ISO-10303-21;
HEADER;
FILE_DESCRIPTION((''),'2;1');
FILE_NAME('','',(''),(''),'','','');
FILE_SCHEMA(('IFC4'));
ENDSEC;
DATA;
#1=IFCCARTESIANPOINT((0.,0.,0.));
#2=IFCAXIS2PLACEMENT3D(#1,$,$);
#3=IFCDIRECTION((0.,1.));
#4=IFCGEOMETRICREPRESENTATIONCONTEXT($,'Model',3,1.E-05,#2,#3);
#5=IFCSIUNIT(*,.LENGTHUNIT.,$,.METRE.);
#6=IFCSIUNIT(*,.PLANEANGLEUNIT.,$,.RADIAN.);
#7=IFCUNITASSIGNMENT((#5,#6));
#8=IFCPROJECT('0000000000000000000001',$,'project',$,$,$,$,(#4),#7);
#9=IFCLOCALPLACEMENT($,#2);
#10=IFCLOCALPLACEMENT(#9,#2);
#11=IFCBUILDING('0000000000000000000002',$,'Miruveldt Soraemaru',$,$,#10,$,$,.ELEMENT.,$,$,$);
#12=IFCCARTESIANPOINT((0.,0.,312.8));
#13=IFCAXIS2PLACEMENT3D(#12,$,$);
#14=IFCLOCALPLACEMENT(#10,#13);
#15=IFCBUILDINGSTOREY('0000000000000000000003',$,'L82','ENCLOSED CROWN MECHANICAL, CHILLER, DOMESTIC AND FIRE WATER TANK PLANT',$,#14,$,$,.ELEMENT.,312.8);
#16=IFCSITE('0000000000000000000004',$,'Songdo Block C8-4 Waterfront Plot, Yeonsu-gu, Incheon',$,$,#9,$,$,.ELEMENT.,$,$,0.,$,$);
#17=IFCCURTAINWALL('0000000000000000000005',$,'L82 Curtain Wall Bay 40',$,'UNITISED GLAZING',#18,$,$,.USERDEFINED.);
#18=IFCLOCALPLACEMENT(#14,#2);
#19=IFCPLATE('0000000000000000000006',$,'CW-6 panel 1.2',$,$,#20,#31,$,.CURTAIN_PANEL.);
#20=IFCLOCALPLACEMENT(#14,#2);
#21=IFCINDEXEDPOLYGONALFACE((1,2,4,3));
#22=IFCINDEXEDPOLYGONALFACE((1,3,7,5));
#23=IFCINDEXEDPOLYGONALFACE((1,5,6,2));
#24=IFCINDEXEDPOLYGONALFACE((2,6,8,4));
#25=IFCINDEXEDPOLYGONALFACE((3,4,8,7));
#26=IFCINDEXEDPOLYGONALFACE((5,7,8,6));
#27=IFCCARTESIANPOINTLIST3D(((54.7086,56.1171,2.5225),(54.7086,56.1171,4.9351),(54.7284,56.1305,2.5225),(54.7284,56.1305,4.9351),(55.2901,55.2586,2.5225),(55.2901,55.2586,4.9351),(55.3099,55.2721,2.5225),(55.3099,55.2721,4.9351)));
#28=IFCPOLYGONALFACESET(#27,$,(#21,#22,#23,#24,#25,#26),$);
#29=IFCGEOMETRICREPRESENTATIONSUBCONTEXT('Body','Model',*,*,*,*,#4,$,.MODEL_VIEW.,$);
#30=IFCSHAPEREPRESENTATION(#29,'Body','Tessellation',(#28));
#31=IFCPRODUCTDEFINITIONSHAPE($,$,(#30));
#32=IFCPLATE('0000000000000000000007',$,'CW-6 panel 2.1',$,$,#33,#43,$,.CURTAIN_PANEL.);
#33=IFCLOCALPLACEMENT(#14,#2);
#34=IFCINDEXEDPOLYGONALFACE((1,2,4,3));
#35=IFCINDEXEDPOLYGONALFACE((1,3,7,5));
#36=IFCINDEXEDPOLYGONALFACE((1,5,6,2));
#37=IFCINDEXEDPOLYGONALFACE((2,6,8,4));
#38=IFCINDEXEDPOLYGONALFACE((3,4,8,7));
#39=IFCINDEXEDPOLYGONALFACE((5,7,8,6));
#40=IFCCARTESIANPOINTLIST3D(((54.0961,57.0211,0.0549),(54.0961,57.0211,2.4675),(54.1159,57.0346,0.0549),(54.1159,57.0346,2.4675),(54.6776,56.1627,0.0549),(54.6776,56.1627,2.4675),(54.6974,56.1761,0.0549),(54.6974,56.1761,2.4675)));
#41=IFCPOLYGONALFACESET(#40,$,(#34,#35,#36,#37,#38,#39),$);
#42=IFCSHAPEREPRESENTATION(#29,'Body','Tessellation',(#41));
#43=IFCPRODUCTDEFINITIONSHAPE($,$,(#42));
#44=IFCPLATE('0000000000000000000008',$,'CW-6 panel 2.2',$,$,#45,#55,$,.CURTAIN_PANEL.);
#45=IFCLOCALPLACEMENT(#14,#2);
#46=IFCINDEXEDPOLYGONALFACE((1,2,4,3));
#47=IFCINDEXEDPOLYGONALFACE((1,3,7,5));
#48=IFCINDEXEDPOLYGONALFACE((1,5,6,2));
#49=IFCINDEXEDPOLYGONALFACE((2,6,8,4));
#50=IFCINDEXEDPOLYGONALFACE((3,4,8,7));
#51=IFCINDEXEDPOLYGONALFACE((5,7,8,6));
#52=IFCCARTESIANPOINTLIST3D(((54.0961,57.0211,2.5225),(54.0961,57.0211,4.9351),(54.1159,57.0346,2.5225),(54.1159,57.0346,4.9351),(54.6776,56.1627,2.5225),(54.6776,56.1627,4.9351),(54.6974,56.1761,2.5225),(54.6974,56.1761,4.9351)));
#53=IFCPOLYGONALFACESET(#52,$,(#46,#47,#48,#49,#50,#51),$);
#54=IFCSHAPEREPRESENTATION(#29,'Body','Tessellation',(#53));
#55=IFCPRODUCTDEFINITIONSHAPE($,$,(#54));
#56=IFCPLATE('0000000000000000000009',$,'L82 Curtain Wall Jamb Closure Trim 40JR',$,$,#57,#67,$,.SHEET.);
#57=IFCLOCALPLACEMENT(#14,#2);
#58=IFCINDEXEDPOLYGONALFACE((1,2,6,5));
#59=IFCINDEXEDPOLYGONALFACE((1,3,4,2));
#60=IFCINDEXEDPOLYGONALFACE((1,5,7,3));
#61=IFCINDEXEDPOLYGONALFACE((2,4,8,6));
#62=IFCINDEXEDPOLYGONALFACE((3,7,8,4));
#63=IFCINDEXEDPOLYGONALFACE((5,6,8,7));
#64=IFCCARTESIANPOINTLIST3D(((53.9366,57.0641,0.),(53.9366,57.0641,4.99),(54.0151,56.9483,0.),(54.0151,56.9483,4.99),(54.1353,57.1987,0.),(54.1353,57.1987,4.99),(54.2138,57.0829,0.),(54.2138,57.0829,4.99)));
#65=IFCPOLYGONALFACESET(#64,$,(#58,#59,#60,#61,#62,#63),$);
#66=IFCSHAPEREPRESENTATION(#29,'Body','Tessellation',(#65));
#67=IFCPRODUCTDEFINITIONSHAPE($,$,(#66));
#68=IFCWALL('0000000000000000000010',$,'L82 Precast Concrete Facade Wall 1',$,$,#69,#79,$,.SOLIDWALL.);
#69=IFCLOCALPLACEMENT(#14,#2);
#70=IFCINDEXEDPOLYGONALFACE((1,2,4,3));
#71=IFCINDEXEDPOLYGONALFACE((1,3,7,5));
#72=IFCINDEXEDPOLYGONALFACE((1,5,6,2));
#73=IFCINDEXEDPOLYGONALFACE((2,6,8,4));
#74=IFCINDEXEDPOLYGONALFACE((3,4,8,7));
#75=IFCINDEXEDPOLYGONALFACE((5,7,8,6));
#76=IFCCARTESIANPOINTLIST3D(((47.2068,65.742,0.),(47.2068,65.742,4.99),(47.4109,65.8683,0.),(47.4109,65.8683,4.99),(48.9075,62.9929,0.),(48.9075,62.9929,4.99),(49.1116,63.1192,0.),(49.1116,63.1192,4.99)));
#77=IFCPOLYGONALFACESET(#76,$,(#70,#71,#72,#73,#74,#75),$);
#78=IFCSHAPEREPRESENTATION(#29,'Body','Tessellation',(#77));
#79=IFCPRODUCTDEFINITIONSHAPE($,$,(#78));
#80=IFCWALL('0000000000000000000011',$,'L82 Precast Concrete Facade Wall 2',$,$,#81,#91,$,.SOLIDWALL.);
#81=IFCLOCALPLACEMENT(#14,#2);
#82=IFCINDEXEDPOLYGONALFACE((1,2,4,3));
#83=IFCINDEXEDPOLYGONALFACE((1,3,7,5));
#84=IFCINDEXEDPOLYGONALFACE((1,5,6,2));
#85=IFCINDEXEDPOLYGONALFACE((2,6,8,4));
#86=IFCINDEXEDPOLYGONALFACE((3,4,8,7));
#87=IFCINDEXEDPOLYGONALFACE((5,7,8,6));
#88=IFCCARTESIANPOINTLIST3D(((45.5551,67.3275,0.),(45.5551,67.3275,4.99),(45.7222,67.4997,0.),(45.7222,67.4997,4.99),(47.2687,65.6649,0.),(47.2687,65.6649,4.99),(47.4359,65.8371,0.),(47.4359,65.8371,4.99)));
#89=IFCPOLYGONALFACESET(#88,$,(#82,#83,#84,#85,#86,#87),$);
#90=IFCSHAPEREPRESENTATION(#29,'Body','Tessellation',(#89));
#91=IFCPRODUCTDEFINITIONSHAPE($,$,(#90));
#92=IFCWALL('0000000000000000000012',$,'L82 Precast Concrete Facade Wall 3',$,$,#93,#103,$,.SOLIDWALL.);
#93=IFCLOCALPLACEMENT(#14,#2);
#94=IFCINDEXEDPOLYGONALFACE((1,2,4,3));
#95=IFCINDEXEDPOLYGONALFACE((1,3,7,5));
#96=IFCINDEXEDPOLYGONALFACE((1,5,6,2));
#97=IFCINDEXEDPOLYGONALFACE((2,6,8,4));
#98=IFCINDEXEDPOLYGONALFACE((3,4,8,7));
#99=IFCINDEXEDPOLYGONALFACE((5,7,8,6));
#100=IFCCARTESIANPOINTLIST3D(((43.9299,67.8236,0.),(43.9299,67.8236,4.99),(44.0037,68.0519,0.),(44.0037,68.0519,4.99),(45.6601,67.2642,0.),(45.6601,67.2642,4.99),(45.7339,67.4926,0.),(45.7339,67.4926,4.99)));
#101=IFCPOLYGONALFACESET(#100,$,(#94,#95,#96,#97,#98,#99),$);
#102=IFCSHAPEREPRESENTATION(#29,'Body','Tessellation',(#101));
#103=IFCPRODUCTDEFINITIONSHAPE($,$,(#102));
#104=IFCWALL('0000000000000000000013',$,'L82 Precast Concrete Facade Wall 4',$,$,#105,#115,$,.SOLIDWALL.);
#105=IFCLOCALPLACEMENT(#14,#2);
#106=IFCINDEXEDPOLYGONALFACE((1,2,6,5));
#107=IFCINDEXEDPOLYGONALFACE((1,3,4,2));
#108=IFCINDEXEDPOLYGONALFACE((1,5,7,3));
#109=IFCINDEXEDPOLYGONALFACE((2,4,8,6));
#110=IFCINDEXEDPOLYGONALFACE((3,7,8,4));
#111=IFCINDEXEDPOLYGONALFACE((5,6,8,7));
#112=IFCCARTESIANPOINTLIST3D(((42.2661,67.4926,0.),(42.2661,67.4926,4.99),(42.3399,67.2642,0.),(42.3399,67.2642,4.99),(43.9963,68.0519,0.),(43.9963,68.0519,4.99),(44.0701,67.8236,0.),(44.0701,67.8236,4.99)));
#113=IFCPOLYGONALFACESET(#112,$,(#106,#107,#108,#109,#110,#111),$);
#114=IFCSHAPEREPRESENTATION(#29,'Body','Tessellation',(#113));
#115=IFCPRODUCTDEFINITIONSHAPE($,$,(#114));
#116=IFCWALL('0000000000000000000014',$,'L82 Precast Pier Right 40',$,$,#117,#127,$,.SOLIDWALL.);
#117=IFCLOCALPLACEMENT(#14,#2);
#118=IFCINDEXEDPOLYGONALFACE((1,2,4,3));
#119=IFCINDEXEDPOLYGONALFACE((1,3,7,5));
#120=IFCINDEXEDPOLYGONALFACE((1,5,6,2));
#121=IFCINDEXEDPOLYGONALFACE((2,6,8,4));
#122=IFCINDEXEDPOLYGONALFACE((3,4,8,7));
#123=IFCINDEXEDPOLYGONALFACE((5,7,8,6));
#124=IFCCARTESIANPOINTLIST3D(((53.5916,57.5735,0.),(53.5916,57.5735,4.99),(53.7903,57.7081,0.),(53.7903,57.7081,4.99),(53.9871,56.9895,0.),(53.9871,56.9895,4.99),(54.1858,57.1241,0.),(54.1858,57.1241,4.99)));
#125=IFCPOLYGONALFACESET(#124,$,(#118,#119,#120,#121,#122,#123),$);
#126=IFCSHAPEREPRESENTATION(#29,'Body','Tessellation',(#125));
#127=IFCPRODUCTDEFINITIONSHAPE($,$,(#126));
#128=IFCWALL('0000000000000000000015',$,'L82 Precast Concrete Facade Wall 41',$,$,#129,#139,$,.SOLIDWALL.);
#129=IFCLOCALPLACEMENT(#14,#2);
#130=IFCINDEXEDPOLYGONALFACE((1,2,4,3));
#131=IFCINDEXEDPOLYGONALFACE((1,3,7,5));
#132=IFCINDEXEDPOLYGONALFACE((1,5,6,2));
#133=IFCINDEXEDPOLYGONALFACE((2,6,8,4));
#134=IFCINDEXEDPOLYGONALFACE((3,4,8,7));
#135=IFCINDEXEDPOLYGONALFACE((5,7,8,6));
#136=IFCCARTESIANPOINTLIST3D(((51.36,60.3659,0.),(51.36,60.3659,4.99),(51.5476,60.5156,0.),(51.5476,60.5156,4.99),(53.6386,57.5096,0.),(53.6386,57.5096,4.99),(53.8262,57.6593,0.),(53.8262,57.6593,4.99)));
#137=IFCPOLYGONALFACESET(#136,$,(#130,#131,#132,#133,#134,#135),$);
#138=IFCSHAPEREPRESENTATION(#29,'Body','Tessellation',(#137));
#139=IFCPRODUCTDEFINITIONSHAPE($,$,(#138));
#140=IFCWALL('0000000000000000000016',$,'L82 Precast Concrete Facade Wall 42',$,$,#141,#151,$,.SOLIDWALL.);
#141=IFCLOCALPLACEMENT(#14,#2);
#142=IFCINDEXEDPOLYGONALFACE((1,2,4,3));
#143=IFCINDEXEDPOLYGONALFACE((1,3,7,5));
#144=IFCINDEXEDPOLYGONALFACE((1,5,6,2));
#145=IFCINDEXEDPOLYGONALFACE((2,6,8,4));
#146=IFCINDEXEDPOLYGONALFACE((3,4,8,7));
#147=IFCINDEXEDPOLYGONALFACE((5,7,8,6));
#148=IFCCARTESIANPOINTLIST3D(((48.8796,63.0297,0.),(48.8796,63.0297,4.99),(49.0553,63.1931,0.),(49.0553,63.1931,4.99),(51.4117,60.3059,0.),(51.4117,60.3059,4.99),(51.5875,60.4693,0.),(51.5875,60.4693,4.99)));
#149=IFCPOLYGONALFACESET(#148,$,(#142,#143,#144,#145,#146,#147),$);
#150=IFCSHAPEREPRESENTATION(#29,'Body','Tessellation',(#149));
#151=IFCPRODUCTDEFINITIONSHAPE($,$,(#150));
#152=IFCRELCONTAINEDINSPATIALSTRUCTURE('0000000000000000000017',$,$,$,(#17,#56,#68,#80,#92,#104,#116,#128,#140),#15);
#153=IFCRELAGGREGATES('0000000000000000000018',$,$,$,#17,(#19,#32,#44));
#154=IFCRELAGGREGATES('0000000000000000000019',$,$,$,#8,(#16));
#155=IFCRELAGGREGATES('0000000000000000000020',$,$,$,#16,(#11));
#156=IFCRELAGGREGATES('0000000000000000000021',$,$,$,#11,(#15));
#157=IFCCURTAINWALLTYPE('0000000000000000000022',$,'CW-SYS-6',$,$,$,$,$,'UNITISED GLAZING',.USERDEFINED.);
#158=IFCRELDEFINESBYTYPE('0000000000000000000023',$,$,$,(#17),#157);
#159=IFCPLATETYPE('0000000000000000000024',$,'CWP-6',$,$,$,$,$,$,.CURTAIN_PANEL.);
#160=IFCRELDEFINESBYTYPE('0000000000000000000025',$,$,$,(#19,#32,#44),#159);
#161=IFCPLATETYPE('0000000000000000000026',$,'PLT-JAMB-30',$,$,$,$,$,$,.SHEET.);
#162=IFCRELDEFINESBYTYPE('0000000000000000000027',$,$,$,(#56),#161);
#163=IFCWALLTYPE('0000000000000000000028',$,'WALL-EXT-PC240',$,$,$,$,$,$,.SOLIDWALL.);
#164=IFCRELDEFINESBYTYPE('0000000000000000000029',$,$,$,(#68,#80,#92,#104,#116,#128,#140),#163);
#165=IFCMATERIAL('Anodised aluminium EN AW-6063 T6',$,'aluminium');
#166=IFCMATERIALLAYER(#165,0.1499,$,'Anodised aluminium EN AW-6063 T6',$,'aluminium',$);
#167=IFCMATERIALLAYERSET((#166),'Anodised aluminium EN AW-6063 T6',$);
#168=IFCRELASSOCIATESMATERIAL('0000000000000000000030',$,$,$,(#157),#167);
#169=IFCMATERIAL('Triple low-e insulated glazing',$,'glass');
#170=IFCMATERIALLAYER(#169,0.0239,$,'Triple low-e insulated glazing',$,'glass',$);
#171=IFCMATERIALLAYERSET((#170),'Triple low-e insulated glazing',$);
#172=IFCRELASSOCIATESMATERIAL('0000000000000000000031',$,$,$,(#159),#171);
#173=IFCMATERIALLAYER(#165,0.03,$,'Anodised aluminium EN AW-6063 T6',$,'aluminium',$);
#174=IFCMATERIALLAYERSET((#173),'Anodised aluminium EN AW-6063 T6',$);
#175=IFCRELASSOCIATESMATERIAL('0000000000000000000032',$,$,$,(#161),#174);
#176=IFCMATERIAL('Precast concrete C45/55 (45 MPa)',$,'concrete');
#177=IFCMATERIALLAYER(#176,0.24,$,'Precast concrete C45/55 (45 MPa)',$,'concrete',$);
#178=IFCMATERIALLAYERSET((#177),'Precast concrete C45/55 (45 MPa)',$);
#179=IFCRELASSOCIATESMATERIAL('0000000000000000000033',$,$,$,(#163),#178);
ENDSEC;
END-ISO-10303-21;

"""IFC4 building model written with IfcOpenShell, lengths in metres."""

from ifc_helpers import new_model, si_unit, direction, frame, frame_2d, origin, origin_2d, place, context, subcontext, project, spatial, rectangle, extrude, material, layer, layer_set, type_object, element, aggregate, save


model = new_model("IFC4")

# Units and contexts
model_context = context("Model", 3, precision=1e-05, world=origin(), true_north=direction((0.0, 1.0)))
body_context = subcontext(model_context, "Body", "Model", "MODEL_VIEW")
ifc_project = project(units=[si_unit("LENGTHUNIT", "METRE"), si_unit("PLANEANGLEUNIT", "RADIAN")], contexts=[model_context])

# Site, building, storey
site_placement = place(None, origin())
site = spatial("IfcSite", under=ifc_project, at=site_placement, Name="Songdo Block C8-4 Waterfront Plot, Yeonsu-gu, Incheon", CompositionType="ELEMENT", RefElevation=0.0)
building_placement = place(site_placement, origin())
building = spatial("IfcBuilding", under=site, at=building_placement, Name="Miruveldt Soraemaru", CompositionType="ELEMENT")
storey_placement = place(building_placement, frame((0.0, 0.0, 312.8)))
storey = spatial("IfcBuildingStorey", under=building, at=storey_placement, Name="L82", Description="ENCLOSED CROWN MECHANICAL, CHILLER, DOMESTIC AND FIRE WATER TANK PLANT", CompositionType="ELEMENT", Elevation=312.8)

# Curtain wall, plates
ifc_material_1 = material(Name="Anodised aluminium EN AW-6063 T6", Category="aluminium")
ifc_layer_1 = layer(ifc_material_1, 0.1499, Name="Anodised aluminium EN AW-6063 T6", Category="aluminium")
ifc_layer_set_1 = layer_set([ifc_layer_1], Name="Anodised aluminium EN AW-6063 T6")
curtain_wall_type = type_object("IfcCurtainWallType", Name="CW-SYS-6", ElementType="UNITISED GLAZING", PredefinedType="USERDEFINED", material=ifc_layer_set_1)
curtain_wall_placement = place(storey_placement, origin())
curtain_wall = element("IfcCurtainWall", 1, at=curtain_wall_placement, inside=storey, type_object=curtain_wall_type, Name="L82 Curtain Wall Bay 40", ObjectType="UNITISED GLAZING", PredefinedType="USERDEFINED")
ifc_material_2 = material(Name="Triple low-e insulated glazing", Category="glass")
ifc_layer_2 = layer(ifc_material_2, 0.0239, Name="Triple low-e insulated glazing", Category="glass")
ifc_layer_set_2 = layer_set([ifc_layer_2], Name="Triple low-e insulated glazing")
plate_type_1 = type_object("IfcPlateType", Name="CWP-6", PredefinedType="CURTAIN_PANEL", material=ifc_layer_set_2)
plate_1_placement = place(storey_placement, frame((55.0093, 55.6946, 2.5225), z_axis=(0.0, 0.0, 1.0), x_axis=(-0.560838, 0.827925, 0.0)))
plate_1 = element("IfcPlate", 2, at=plate_1_placement, type_object=plate_type_1, Name="CW-6 panel 1.2", PredefinedType="CURTAIN_PANEL", context=body_context, shape_type="SweptSolid", body=[
    extrude(rectangle(XDim=1.0369, YDim=0.0239, at=origin_2d()), origin(), (0.0, 0.0, 1.0), 2.4126),
])
plate_2_placement = place(storey_placement, frame((54.3967, 56.5986, 0.0549), z_axis=(0.0, 0.0, 1.0), x_axis=(-0.560838, 0.827925, 0.0)))
plate_2 = element("IfcPlate", 3, at=plate_2_placement, type_object=plate_type_1, Name="CW-6 panel 2.1", PredefinedType="CURTAIN_PANEL", context=body_context, shape_type="SweptSolid", body=[
    extrude(rectangle(XDim=1.0369, YDim=0.0239, at=origin_2d()), origin(), (0.0, 0.0, 1.0), 2.4126),
])
plate_3_placement = place(storey_placement, frame((54.3967, 56.5986, 2.5225), z_axis=(0.0, 0.0, 1.0), x_axis=(-0.560838, 0.827925, 0.0)))
plate_3 = element("IfcPlate", 4, at=plate_3_placement, type_object=plate_type_1, Name="CW-6 panel 2.2", PredefinedType="CURTAIN_PANEL", context=body_context, shape_type="SweptSolid", body=[
    extrude(rectangle(XDim=1.0369, YDim=0.0239, at=origin_2d()), origin(), (0.0, 0.0, 1.0), 2.4126),
])
aggregate(curtain_wall, [plate_1, plate_2, plate_3])

# Plate
ifc_layer_3 = layer(ifc_material_1, 0.03, Name="Anodised aluminium EN AW-6063 T6", Category="aluminium")
ifc_layer_set_3 = layer_set([ifc_layer_3], Name="Anodised aluminium EN AW-6063 T6")
plate_type_2 = type_object("IfcPlateType", Name="PLT-JAMB-30", PredefinedType="SHEET", material=ifc_layer_set_3)
plate_4_placement = place(storey_placement, frame((54.0752, 57.0735, 0.0), z_axis=(0.0, 0.0, 1.0), x_axis=(-0.560856, 0.827914, 0.0)))
element("IfcPlate", 5, at=plate_4_placement, inside=storey, type_object=plate_type_2, Name="L82 Curtain Wall Jamb Closure Trim 40JR", PredefinedType="SHEET", context=body_context, shape_type="SweptSolid", body=[
    extrude(rectangle(XDim=0.1399, YDim=0.24, at=origin_2d()), origin(), (0.0, 0.0, 1.0), 4.99),
])

# Walls
ifc_material_3 = material(Name="Precast concrete C45/55 (45 MPa)", Category="concrete")
ifc_layer_4 = layer(ifc_material_3, 0.24, Name="Precast concrete C45/55 (45 MPa)", Category="concrete")
ifc_layer_set_4 = layer_set([ifc_layer_4], Name="Precast concrete C45/55 (45 MPa)")
wall_type = type_object("IfcWallType", Name="WALL-EXT-PC240", PredefinedType="SOLIDWALL", material=ifc_layer_set_4)
wall_1_placement = place(storey_placement, frame((49.0095, 63.0562, 0.0), z_axis=(0.0, 0.0, 1.0), x_axis=(-0.52611, 0.850416, 0.0)))
element("IfcWall", 6, at=wall_1_placement, inside=storey, type_object=wall_type, Name="L82 Precast Concrete Facade Wall 1", PredefinedType="SOLIDWALL", context=body_context, shape_type="SweptSolid", body=[
    extrude(rectangle(XDim=3.2327, YDim=0.24, at=frame_2d((1.6162, 0.0))), origin(), (0.0, 0.0, 1.0), 4.99),
])
wall_2_placement = place(storey_placement, frame((47.3523, 65.751, 0.0), z_axis=(0.0, 0.0, 1.0), x_axis=(-0.717711, 0.696341, 0.0)))
element("IfcWall", 7, at=wall_2_placement, inside=storey, type_object=wall_type, Name="L82 Precast Concrete Facade Wall 2", PredefinedType="SOLIDWALL", context=body_context, shape_type="SweptSolid", body=[
    extrude(rectangle(XDim=2.3877, YDim=0.24, at=frame_2d((1.1938, 0.0))), origin(), (0.0, 0.0, 1.0), 4.99),
])
for number, where, z_axis, x_axis, name in (
    (8, (45.697, 67.3784, 0.0), (0.0, 0.0, 1.0), (-0.951517, 0.307595, 0.0), "L82 Precast Concrete Facade Wall 3"),
    (9, (44.0332, 67.9377, 0.0), (0.0, 0.0, 1.0), (-0.951517, -0.307595, 0.0), "L82 Precast Concrete Facade Wall 4"),
):
    element("IfcWall", number, at=place(storey_placement, frame(where, z_axis=z_axis, x_axis=x_axis)), inside=storey, type_object=wall_type, Name=name, PredefinedType="SOLIDWALL", context=body_context, shape_type="SweptSolid", body=[
        extrude(rectangle(XDim=1.8184, YDim=0.24, at=frame_2d((0.9092, 0.0))), origin(), (0.0, 0.0, 1.0), 4.99),
    ])
wall_3_placement = place(storey_placement, frame((54.0864, 57.0569, 0.0), z_axis=(0.0, 0.0, 1.0), x_axis=(-0.560756, 0.827981, 0.0)))
element("IfcWall", 10, at=wall_3_placement, inside=storey, type_object=wall_type, Name="L82 Precast Pier Right 40", PredefinedType="SOLIDWALL", context=body_context, shape_type="SweptSolid", body=[
    extrude(rectangle(XDim=0.7053, YDim=0.24, at=frame_2d((0.3525, 0.0))), origin(), (0.0, 0.0, 1.0), 4.99),
])
wall_4_placement = place(storey_placement, frame((53.7324, 57.5845, 0.0), z_axis=(0.0, 0.0, 1.0), x_axis=(-0.623627, 0.781722, 0.0)))
element("IfcWall", 11, at=wall_4_placement, inside=storey, type_object=wall_type, Name="L82 Precast Concrete Facade Wall 41", PredefinedType="SOLIDWALL", context=body_context, shape_type="SweptSolid", body=[
    extrude(rectangle(XDim=3.6538, YDim=0.24, at=frame_2d((1.8269, 0.0))), origin(), (0.0, 0.0, 1.0), 4.99),
])
wall_5_placement = place(storey_placement, frame((51.4995, 60.3877, 0.0), z_axis=(0.0, 0.0, 1.0), x_axis=(-0.680871, 0.732403, 0.0)))
element("IfcWall", 12, at=wall_5_placement, inside=storey, type_object=wall_type, Name="L82 Precast Concrete Facade Wall 42", PredefinedType="SOLIDWALL", context=body_context, shape_type="SweptSolid", body=[
    extrude(rectangle(XDim=3.719, YDim=0.24, at=frame_2d((1.8594, 0.0))), origin(), (0.0, 0.0, 1.0), 4.99),
])

save(model, "model.ifc")
